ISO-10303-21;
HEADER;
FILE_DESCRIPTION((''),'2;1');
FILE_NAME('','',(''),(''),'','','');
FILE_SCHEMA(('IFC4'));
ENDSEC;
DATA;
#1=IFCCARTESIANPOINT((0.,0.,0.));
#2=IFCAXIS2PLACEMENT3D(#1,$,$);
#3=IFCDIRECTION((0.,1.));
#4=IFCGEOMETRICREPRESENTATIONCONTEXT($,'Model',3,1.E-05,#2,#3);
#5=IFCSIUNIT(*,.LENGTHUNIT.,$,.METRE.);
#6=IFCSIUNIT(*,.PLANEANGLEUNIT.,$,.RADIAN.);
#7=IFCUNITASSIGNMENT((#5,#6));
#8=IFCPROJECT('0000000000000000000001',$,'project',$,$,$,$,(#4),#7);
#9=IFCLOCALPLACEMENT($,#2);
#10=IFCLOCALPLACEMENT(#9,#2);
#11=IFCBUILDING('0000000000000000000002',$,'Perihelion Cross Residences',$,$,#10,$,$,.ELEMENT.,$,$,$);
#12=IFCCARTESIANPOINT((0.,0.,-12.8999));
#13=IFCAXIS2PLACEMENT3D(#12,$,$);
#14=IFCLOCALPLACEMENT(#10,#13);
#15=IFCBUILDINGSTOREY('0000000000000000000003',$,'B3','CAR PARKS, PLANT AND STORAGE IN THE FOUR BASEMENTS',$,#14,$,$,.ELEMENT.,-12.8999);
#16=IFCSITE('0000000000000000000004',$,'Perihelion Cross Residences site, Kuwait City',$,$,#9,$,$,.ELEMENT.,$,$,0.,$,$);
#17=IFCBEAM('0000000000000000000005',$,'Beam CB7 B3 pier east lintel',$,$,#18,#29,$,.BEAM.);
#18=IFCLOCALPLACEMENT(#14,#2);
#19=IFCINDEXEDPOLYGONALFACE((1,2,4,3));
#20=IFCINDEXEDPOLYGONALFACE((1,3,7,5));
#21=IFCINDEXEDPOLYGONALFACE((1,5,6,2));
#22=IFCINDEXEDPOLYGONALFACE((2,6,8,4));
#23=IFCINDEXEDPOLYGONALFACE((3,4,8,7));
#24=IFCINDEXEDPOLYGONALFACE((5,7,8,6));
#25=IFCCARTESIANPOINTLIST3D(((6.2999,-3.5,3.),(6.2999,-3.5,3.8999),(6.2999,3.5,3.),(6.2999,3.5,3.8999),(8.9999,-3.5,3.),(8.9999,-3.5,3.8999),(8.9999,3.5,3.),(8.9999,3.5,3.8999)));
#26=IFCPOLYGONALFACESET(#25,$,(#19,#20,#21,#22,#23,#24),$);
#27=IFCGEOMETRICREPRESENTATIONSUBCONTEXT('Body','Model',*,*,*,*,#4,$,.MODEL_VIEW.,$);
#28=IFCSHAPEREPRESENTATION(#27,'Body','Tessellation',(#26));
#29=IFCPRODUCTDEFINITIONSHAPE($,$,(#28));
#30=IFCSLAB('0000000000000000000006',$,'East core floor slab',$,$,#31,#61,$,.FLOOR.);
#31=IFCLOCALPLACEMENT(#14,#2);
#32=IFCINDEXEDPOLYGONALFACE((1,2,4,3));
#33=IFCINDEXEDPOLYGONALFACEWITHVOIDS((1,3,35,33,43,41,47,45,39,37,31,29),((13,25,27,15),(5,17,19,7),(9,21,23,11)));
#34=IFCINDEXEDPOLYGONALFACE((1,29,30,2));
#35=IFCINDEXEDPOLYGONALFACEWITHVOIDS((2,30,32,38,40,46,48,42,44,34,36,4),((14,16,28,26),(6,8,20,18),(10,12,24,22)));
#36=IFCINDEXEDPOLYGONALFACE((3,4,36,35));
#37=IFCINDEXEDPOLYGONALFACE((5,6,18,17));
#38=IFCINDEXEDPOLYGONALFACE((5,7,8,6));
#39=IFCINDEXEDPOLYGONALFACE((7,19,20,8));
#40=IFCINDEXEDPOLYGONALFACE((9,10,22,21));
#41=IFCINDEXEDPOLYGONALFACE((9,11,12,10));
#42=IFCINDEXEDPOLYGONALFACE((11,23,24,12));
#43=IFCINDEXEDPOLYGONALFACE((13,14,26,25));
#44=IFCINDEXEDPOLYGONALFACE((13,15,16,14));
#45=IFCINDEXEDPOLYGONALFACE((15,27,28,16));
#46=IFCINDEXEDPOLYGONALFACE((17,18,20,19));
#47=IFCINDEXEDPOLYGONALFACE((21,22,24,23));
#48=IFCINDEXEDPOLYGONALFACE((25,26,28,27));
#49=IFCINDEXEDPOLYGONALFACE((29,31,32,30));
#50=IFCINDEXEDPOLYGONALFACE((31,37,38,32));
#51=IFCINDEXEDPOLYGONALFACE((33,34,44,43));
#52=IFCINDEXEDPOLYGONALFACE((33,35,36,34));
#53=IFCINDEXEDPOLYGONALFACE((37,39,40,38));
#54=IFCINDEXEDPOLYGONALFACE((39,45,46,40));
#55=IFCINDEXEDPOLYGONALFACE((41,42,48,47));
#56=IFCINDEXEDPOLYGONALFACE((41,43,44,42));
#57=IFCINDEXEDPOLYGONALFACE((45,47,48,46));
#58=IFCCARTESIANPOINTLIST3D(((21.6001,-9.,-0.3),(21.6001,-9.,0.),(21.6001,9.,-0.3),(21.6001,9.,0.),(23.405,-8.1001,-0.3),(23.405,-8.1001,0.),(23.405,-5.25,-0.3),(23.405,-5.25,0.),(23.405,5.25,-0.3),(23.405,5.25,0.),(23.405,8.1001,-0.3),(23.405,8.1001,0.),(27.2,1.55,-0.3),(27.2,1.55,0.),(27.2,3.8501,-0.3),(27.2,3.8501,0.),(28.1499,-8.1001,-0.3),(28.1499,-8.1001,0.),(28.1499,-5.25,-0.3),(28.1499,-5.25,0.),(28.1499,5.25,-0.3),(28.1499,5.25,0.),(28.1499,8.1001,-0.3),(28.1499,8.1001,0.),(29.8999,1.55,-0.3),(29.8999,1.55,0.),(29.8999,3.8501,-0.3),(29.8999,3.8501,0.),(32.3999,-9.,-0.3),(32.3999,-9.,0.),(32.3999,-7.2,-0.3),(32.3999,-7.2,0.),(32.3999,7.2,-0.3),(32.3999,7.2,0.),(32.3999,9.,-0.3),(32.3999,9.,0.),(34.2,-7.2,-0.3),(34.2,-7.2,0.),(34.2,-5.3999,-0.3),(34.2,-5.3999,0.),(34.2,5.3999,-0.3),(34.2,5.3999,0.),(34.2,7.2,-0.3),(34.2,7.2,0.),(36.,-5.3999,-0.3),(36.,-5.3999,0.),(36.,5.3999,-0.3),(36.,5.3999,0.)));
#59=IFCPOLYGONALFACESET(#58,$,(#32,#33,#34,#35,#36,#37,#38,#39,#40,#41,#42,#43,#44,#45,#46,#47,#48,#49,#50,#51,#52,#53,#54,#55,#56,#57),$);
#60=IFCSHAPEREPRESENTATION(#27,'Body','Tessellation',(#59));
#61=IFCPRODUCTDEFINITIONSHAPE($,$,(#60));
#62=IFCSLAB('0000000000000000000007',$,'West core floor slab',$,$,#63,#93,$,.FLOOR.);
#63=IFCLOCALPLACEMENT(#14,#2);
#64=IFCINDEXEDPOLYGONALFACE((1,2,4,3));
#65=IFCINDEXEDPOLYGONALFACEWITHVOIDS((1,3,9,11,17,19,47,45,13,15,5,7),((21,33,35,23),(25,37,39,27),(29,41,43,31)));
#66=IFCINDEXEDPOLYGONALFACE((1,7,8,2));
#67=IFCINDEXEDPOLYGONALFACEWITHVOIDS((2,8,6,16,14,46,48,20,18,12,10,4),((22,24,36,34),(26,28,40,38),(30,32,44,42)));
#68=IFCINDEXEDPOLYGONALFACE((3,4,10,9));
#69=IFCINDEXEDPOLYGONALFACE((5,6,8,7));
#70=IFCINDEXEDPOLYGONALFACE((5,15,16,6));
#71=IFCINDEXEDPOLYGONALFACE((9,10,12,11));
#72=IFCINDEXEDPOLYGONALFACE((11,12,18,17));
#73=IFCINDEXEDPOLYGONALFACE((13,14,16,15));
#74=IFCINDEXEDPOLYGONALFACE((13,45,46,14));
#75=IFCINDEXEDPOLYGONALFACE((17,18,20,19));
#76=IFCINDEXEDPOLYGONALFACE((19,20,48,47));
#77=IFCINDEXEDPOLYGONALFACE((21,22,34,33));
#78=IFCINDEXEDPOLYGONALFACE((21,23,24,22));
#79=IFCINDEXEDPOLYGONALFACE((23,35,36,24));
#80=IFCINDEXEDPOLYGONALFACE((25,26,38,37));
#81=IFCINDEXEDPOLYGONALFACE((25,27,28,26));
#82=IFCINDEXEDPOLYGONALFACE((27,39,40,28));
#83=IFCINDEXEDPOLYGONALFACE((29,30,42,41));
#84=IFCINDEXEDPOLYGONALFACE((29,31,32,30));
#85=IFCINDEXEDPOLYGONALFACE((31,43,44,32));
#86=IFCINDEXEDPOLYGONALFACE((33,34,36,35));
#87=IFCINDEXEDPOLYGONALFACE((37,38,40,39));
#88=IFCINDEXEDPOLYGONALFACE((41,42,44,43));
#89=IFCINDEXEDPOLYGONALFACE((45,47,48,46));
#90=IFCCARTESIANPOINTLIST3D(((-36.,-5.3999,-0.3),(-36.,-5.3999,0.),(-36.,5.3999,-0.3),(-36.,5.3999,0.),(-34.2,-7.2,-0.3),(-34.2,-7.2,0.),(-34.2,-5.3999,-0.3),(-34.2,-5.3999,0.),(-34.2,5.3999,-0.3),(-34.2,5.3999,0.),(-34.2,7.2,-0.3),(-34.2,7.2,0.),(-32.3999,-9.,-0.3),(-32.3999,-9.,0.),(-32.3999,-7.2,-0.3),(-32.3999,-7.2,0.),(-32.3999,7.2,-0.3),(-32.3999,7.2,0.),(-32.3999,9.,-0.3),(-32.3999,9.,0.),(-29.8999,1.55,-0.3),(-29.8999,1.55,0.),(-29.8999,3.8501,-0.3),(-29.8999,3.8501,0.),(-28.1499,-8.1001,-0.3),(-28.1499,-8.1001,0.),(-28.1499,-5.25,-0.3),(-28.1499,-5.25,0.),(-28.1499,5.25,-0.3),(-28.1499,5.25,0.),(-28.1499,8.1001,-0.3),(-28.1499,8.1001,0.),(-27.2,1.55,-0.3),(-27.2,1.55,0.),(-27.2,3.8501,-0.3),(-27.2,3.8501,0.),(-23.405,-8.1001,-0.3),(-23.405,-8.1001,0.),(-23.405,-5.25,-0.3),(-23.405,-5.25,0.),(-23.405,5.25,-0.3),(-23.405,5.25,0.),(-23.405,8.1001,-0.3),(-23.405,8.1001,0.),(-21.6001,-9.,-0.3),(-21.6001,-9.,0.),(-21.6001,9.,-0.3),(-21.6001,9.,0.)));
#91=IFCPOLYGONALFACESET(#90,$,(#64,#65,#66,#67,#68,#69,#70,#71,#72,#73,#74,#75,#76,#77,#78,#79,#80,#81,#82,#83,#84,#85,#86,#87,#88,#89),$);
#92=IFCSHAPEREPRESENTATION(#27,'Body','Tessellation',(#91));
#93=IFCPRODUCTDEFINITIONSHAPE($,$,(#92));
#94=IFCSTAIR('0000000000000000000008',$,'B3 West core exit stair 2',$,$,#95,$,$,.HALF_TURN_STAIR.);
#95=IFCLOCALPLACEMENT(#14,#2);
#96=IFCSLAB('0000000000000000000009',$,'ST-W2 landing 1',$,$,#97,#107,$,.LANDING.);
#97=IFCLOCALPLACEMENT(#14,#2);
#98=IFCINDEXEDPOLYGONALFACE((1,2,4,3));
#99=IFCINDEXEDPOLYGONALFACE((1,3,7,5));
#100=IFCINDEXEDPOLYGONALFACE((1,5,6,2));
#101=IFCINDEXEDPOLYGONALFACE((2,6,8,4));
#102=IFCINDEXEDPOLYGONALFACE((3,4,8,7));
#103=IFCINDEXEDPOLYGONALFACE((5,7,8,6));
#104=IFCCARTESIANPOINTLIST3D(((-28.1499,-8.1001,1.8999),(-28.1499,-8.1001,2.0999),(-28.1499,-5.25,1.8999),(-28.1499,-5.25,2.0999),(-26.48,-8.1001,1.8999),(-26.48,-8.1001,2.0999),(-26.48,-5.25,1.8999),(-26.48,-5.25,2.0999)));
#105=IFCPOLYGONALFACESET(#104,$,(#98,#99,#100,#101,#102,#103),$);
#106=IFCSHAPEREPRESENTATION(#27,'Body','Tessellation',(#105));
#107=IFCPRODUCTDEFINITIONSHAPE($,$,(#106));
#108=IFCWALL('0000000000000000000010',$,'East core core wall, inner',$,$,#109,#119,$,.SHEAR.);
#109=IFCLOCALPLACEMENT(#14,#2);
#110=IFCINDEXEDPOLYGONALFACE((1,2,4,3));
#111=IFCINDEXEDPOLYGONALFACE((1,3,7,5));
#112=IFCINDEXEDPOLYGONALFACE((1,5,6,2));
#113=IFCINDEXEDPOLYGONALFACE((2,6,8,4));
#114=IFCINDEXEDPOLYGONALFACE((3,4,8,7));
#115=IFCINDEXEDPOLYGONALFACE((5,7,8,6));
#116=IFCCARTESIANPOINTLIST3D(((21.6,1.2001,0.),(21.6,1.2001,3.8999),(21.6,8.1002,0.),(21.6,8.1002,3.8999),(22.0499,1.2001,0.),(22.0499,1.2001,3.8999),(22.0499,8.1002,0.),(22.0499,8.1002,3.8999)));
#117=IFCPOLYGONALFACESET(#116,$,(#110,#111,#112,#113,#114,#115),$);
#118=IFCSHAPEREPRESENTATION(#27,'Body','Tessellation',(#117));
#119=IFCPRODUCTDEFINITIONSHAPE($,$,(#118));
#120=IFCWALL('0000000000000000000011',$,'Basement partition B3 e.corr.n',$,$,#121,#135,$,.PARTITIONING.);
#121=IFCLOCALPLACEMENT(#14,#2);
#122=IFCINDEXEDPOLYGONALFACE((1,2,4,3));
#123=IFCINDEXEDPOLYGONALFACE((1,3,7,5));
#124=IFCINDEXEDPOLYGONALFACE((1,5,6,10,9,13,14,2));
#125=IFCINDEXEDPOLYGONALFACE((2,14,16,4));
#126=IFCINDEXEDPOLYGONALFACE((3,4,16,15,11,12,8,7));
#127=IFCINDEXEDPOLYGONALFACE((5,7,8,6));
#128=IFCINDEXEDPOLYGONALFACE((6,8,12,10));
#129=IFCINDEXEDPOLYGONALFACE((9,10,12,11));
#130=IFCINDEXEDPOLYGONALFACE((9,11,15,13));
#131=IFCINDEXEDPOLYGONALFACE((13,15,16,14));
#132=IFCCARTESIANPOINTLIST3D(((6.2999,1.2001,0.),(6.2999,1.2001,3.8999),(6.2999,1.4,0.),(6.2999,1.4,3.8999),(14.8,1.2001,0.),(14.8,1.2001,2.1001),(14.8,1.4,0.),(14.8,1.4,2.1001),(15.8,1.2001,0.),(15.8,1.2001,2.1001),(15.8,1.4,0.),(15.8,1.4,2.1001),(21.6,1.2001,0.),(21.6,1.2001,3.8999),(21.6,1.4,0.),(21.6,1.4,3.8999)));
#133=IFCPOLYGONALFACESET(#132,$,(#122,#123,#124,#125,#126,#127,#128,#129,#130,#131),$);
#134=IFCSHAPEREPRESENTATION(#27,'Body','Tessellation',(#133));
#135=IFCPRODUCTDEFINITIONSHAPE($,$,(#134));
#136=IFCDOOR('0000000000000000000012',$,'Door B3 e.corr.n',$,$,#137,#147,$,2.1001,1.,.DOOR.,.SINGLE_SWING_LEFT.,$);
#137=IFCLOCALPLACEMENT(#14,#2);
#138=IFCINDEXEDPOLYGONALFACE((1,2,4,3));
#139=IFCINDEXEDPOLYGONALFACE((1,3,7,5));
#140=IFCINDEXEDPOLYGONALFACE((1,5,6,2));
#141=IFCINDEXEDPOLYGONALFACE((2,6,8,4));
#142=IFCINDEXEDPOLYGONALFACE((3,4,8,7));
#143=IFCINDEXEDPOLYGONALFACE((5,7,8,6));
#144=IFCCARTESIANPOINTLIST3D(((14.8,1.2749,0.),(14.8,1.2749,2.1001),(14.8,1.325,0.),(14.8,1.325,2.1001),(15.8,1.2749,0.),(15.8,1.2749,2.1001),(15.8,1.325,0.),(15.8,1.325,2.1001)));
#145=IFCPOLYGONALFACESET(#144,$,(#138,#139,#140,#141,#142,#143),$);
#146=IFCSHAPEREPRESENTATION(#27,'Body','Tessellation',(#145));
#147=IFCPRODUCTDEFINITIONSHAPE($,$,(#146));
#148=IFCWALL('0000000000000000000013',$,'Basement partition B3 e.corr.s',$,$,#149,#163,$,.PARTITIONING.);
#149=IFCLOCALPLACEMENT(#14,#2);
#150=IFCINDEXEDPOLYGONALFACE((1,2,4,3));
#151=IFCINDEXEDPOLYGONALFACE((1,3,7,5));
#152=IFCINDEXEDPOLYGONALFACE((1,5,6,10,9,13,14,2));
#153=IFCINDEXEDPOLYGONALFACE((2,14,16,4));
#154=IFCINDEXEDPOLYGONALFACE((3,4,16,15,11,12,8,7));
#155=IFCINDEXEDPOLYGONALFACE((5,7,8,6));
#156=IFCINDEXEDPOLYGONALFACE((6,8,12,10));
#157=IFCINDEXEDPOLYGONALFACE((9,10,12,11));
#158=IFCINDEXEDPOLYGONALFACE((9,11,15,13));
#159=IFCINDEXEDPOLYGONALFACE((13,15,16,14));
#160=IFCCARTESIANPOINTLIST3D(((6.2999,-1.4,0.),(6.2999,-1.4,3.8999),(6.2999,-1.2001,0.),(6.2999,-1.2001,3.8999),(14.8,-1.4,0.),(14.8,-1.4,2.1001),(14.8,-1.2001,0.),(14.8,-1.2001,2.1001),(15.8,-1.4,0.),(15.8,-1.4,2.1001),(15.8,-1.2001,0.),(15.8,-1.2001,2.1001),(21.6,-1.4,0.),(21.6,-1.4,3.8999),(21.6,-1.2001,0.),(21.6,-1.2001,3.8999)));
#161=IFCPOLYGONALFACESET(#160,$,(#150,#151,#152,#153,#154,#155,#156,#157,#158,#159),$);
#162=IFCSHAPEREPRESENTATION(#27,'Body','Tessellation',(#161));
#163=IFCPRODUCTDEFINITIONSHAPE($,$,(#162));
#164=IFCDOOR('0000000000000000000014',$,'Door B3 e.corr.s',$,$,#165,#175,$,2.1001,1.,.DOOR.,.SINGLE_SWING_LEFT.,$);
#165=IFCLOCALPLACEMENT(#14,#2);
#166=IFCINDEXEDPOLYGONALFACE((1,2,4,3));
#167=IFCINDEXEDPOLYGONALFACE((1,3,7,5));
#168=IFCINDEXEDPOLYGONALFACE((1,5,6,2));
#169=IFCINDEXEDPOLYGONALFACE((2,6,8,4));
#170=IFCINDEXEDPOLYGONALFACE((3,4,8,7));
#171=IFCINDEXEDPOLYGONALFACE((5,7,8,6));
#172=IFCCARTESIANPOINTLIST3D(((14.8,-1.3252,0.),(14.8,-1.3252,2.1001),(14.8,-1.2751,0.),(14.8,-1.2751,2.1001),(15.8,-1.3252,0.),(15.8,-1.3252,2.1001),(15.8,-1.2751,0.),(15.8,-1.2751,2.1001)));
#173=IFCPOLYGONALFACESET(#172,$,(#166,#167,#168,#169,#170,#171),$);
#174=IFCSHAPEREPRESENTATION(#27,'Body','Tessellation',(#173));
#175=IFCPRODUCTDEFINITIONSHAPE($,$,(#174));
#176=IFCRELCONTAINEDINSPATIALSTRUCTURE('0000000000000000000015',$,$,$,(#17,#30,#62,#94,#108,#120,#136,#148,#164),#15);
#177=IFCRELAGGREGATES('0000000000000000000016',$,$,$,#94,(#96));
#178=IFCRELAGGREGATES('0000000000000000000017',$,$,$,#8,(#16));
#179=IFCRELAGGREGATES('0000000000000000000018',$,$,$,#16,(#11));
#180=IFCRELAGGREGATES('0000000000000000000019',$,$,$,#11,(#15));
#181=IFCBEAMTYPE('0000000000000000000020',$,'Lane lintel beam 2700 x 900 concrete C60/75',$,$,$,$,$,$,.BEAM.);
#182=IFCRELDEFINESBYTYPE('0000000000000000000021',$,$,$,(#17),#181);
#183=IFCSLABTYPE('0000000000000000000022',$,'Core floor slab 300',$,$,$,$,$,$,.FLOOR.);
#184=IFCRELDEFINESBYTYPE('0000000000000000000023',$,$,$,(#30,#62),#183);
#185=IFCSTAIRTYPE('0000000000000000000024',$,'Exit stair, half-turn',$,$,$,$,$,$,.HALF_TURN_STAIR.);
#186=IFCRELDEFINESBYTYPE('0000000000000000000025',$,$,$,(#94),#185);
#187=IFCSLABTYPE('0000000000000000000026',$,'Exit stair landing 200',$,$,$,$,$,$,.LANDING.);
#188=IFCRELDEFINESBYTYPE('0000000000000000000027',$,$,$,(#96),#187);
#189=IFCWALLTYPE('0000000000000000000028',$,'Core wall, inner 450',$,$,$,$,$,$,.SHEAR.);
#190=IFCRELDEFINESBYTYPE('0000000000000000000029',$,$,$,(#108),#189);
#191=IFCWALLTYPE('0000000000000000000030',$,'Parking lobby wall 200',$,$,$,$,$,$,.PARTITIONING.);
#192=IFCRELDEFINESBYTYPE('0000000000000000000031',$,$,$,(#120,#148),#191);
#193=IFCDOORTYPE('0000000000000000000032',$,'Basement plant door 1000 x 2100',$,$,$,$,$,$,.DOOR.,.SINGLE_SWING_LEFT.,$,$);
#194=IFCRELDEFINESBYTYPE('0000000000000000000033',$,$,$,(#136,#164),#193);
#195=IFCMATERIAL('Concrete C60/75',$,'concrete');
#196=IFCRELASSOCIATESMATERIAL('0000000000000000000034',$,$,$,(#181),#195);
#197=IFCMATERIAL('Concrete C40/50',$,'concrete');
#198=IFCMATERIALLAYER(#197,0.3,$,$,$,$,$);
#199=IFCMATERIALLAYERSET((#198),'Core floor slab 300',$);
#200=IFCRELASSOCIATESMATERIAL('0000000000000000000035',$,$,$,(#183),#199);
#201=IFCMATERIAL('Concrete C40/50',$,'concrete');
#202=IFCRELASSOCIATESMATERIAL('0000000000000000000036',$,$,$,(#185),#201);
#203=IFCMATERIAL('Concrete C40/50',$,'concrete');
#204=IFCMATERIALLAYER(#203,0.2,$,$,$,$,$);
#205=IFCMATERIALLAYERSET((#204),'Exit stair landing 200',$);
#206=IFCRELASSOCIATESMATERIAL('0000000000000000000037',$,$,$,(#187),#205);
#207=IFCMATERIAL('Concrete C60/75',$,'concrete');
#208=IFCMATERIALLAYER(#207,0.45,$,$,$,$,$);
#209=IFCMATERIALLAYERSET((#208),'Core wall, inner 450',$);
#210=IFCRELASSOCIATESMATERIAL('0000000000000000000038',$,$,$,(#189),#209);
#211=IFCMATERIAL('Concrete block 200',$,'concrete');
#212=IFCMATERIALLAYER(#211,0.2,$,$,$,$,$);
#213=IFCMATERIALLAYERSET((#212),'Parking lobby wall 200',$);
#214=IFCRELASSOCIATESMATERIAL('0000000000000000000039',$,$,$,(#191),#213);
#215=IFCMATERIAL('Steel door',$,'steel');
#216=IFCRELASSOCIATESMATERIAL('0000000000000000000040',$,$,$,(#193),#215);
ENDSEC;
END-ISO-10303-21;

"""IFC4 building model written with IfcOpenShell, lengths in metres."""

from ifc_helpers import new_model, si_unit, direction, frame, frame_2d, origin, origin_2d, place, context, subcontext, project, spatial, polyline, rectangle, outline, extrude, material, layer, layer_set, material_profile, profile_set, type_object, element, fill, aggregate, save


model = new_model("IFC4")

# Units and contexts
model_context = context("Model", 3, precision=1e-05, world=origin(), true_north=direction((0.0, 1.0)))
body_context = subcontext(model_context, "Body", "Model", "MODEL_VIEW")
ifc_project = project(units=[si_unit("LENGTHUNIT", "METRE"), si_unit("PLANEANGLEUNIT", "RADIAN")], contexts=[model_context])

# Site, building, storey
site_placement = place(None, origin())
site = spatial("IfcSite", under=ifc_project, at=site_placement, Name="Perihelion Cross Residences site, Kuwait City", CompositionType="ELEMENT", RefElevation=0.0)
building_placement = place(site_placement, origin())
building = spatial("IfcBuilding", under=site, at=building_placement, Name="Perihelion Cross Residences", CompositionType="ELEMENT")
storey_placement = place(building_placement, frame((0.0, 0.0, -12.8999)))
storey = spatial("IfcBuildingStorey", under=building, at=storey_placement, Name="B3", Description="CAR PARKS, PLANT AND STORAGE IN THE FOUR BASEMENTS", CompositionType="ELEMENT", Elevation=-12.8999)

# Beam
ifc_material_1 = material(Name="Concrete C60/75", Category="concrete")
ifc_material_profile_1 = material_profile(ifc_material_1, rectangle(XDim=2.7, YDim=0.8999, at=origin_2d()), Name="Lane lintel beam 2700 x 900 concrete C60/75")
ifc_profile_set_1 = profile_set([ifc_material_profile_1], Name="Concrete C60/75")
beam_type = type_object("IfcBeamType", Name="Lane lintel beam 2700 x 900 concrete C60/75", PredefinedType="BEAM", material=ifc_profile_set_1)
beam_placement = place(storey_placement, frame((7.6499, -3.5, 3.45), z_axis=(0.0, 1.0, 0.0), x_axis=(-1.0, 0.0, 0.0)))
element("IfcBeam", 1, at=beam_placement, inside=storey, type_object=beam_type, Name="Beam CB7 B3 pier east lintel", PredefinedType="BEAM", context=body_context, shape_type="SweptSolid", body=[
    extrude(rectangle(XDim=2.7, YDim=0.8999, at=origin_2d()), origin(), (0.0, 0.0, 1.0), 7.0),
])

# Slabs
ifc_material_2 = material(Name="Concrete C40/50", Category="concrete")
ifc_layer_1 = layer(ifc_material_2, 0.3)
ifc_layer_set_1 = layer_set([ifc_layer_1], Name="Core floor slab 300")
slab_type_1 = type_object("IfcSlabType", Name="Core floor slab 300", PredefinedType="FLOOR", material=ifc_layer_set_1)
slab_1_placement = place(storey_placement, frame((0.0, 0.0, -0.3)))
element("IfcSlab", 2, at=slab_1_placement, inside=storey, type_object=slab_type_1, Name="East core floor slab", PredefinedType="FLOOR", context=body_context, shape_type="SweptSolid", body=[
    extrude(outline(polyline([(32.3999, 7.2), (34.2, 7.2), (34.2, 5.3999), (36.0, 5.3999), (36.0, -5.3999), (34.2, -5.3999), (34.2, -7.2), (32.3999, -7.2), (32.3999, -9.0), (21.6001, -9.0), (21.6001, 9.0), (32.3999, 9.0), (32.3999, 7.2)]), holes=[polyline([(28.1499, -5.25), (23.405, -5.25), (23.405, -8.1001), (28.1499, -8.1001), (28.1499, -5.25)]), polyline([(27.2, 1.55), (29.8999, 1.55), (29.8999, 3.8501), (27.2, 3.8501), (27.2, 1.55)]), polyline([(28.1499, 5.25), (28.1499, 8.1001), (23.405, 8.1001), (23.405, 5.25), (28.1499, 5.25)])]), origin(), (0.0, 0.0, 1.0), 0.3),
])
slab_2_placement = place(storey_placement, frame((0.0, 0.0, -0.3)))
element("IfcSlab", 3, at=slab_2_placement, inside=storey, type_object=slab_type_1, Name="West core floor slab", PredefinedType="FLOOR", context=body_context, shape_type="SweptSolid", body=[
    extrude(outline(polyline([(-32.3999, 7.2), (-34.2, 7.2), (-34.2, 5.3999), (-36.0, 5.3999), (-36.0, -5.3999), (-34.2, -5.3999), (-34.2, -7.2), (-32.3999, -7.2), (-32.3999, -9.0), (-21.6001, -9.0), (-21.6001, 9.0), (-32.3999, 9.0), (-32.3999, 7.2)]), holes=[polyline([(-28.1499, -5.25), (-23.405, -5.25), (-23.405, -8.1001), (-28.1499, -8.1001), (-28.1499, -5.25)]), polyline([(-27.2, 1.55), (-29.8999, 1.55), (-29.8999, 3.8501), (-27.2, 3.8501), (-27.2, 1.55)]), polyline([(-28.1499, 5.25), (-28.1499, 8.1001), (-23.405, 8.1001), (-23.405, 5.25), (-28.1499, 5.25)])]), origin(), (0.0, 0.0, 1.0), 0.3),
])

# Stair, slab
ifc_material_3 = material(Name="Concrete C40/50", Category="concrete")
stair_type = type_object("IfcStairType", Name="Exit stair, half-turn", PredefinedType="HALF_TURN_STAIR", material=ifc_material_3)
stair_placement = place(storey_placement, origin())
stair = element("IfcStair", 4, at=stair_placement, inside=storey, type_object=stair_type, Name="B3 West core exit stair 2", PredefinedType="HALF_TURN_STAIR")
ifc_material_4 = material(Name="Concrete C40/50", Category="concrete")
ifc_layer_2 = layer(ifc_material_4, 0.2)
ifc_layer_set_2 = layer_set([ifc_layer_2], Name="Exit stair landing 200")
slab_type_2 = type_object("IfcSlabType", Name="Exit stair landing 200", PredefinedType="LANDING", material=ifc_layer_set_2)
slab_3_placement = place(storey_placement, frame((0.0, 0.0, 1.8999)))
slab_3 = element("IfcSlab", 5, at=slab_3_placement, type_object=slab_type_2, Name="ST-W2 landing 1", PredefinedType="LANDING", context=body_context, shape_type="SweptSolid", body=[
    extrude(outline(polyline([(-26.48, -5.25), (-28.1499, -5.25), (-28.1499, -8.1001), (-26.48, -8.1001), (-26.48, -5.25)])), origin(), (0.0, 0.0, 1.0), 0.2),
])
aggregate(stair, [slab_3])

# Wall
ifc_material_5 = material(Name="Concrete C60/75", Category="concrete")
ifc_layer_3 = layer(ifc_material_5, 0.45)
ifc_layer_set_3 = layer_set([ifc_layer_3], Name="Core wall, inner 450")
wall_type_1 = type_object("IfcWallType", Name="Core wall, inner 450", PredefinedType="SHEAR", material=ifc_layer_set_3)
wall_1_placement = place(storey_placement, frame((21.825, 1.2, 0.0), z_axis=(0.0, 0.0, 1.0), x_axis=(0.0, 1.0, 0.0)))
element("IfcWall", 6, at=wall_1_placement, inside=storey, type_object=wall_type_1, Name="East core core wall, inner", PredefinedType="SHEAR", context=body_context, shape_type="SweptSolid", body=[
    extrude(rectangle(XDim=6.9001, YDim=0.45, at=frame_2d((3.4502, 0.0))), origin(), (0.0, 0.0, 1.0), 3.8999),
])

# Walls, openings, doors
ifc_material_6 = material(Name="Concrete block 200", Category="concrete")
ifc_layer_4 = layer(ifc_material_6, 0.2)
ifc_layer_set_4 = layer_set([ifc_layer_4], Name="Parking lobby wall 200")
wall_type_2 = type_object("IfcWallType", Name="Parking lobby wall 200", PredefinedType="PARTITIONING", material=ifc_layer_set_4)
wall_2_placement = place(storey_placement, frame((6.3, 1.3, 0.0), z_axis=(0.0, 0.0, 1.0), x_axis=(1.0, 0.0, 0.0)))
wall_2 = element("IfcWall", 7, at=wall_2_placement, inside=storey, type_object=wall_type_2, Name="Basement partition B3 e.corr.n", PredefinedType="PARTITIONING", context=body_context, shape_type="SweptSolid", body=[
    extrude(rectangle(XDim=15.3, YDim=0.2, at=frame_2d((7.6499, 0.0))), origin(), (0.0, 0.0, 1.0), 3.8999),
])
opening_1_placement = place(wall_2_placement, frame((8.5, 0.0, 0.0)))
opening_1 = element("IfcOpeningElement", 8, at=opening_1_placement, cuts=wall_2, PredefinedType="OPENING", context=body_context, shape_type="SweptSolid", body=[
    extrude(rectangle(XDim=1.0, YDim=2.1001, at=frame_2d((0.5, 1.05))), frame((0.0, 0.1099, 0.0), z_axis=(0.0, -1.0, 0.0), x_axis=(1.0, 0.0, 0.0)), (0.0, 0.0, 1.0), 0.22),
])
ifc_material_7 = material(Name="Steel door", Category="steel")
door_type_1 = type_object("IfcDoorType", Name="Basement plant door 1000 x 2100", OperationType="SINGLE_SWING_LEFT", PredefinedType="DOOR", material=ifc_material_7)
door_1_placement = place(opening_1_placement, origin())
door_1 = element("IfcDoor", 9, at=door_1_placement, inside=storey, type_object=door_type_1, Name="Door B3 e.corr.n", OperationType="SINGLE_SWING_LEFT", OverallHeight=2.1001, OverallWidth=1.0, PredefinedType="DOOR", context=body_context, shape_type="SweptSolid", body=[
    extrude(rectangle(XDim=1.0, YDim=2.1001, at=frame_2d((0.5, 1.05))), frame((0.0, 0.0249, 0.0), z_axis=(0.0, -1.0, 0.0), x_axis=(1.0, 0.0, 0.0)), (0.0, 0.0, 1.0), 0.05),
])
fill(opening_1, door_1)
wall_3_placement = place(storey_placement, frame((6.3, -1.3, 0.0), z_axis=(0.0, 0.0, 1.0), x_axis=(1.0, 0.0, 0.0)))
wall_3 = element("IfcWall", 10, at=wall_3_placement, inside=storey, type_object=wall_type_2, Name="Basement partition B3 e.corr.s", PredefinedType="PARTITIONING", context=body_context, shape_type="SweptSolid", body=[
    extrude(rectangle(XDim=15.3, YDim=0.2, at=frame_2d((7.6499, 0.0))), origin(), (0.0, 0.0, 1.0), 3.8999),
])
opening_2_placement = place(wall_3_placement, frame((8.5, 0.0, 0.0)))
opening_2 = element("IfcOpeningElement", 11, at=opening_2_placement, cuts=wall_3, PredefinedType="OPENING", context=body_context, shape_type="SweptSolid", body=[
    extrude(rectangle(XDim=1.0, YDim=2.1001, at=frame_2d((0.5, 1.05))), frame((0.0, 0.1099, 0.0), z_axis=(0.0, -1.0, 0.0), x_axis=(1.0, 0.0, 0.0)), (0.0, 0.0, 1.0), 0.22),
])
door_2_placement = place(opening_2_placement, origin())
door_2 = element("IfcDoor", 12, at=door_2_placement, inside=storey, type_object=door_type_1, Name="Door B3 e.corr.s", OperationType="SINGLE_SWING_LEFT", OverallHeight=2.1001, OverallWidth=1.0, PredefinedType="DOOR", context=body_context, shape_type="SweptSolid", body=[
    extrude(rectangle(XDim=1.0, YDim=2.1001, at=frame_2d((0.5, 1.05))), frame((0.0, 0.0249, 0.0), z_axis=(0.0, -1.0, 0.0), x_axis=(1.0, 0.0, 0.0)), (0.0, 0.0, 1.0), 0.05),
])
fill(opening_2, door_2)

save(model, "model.ifc")
